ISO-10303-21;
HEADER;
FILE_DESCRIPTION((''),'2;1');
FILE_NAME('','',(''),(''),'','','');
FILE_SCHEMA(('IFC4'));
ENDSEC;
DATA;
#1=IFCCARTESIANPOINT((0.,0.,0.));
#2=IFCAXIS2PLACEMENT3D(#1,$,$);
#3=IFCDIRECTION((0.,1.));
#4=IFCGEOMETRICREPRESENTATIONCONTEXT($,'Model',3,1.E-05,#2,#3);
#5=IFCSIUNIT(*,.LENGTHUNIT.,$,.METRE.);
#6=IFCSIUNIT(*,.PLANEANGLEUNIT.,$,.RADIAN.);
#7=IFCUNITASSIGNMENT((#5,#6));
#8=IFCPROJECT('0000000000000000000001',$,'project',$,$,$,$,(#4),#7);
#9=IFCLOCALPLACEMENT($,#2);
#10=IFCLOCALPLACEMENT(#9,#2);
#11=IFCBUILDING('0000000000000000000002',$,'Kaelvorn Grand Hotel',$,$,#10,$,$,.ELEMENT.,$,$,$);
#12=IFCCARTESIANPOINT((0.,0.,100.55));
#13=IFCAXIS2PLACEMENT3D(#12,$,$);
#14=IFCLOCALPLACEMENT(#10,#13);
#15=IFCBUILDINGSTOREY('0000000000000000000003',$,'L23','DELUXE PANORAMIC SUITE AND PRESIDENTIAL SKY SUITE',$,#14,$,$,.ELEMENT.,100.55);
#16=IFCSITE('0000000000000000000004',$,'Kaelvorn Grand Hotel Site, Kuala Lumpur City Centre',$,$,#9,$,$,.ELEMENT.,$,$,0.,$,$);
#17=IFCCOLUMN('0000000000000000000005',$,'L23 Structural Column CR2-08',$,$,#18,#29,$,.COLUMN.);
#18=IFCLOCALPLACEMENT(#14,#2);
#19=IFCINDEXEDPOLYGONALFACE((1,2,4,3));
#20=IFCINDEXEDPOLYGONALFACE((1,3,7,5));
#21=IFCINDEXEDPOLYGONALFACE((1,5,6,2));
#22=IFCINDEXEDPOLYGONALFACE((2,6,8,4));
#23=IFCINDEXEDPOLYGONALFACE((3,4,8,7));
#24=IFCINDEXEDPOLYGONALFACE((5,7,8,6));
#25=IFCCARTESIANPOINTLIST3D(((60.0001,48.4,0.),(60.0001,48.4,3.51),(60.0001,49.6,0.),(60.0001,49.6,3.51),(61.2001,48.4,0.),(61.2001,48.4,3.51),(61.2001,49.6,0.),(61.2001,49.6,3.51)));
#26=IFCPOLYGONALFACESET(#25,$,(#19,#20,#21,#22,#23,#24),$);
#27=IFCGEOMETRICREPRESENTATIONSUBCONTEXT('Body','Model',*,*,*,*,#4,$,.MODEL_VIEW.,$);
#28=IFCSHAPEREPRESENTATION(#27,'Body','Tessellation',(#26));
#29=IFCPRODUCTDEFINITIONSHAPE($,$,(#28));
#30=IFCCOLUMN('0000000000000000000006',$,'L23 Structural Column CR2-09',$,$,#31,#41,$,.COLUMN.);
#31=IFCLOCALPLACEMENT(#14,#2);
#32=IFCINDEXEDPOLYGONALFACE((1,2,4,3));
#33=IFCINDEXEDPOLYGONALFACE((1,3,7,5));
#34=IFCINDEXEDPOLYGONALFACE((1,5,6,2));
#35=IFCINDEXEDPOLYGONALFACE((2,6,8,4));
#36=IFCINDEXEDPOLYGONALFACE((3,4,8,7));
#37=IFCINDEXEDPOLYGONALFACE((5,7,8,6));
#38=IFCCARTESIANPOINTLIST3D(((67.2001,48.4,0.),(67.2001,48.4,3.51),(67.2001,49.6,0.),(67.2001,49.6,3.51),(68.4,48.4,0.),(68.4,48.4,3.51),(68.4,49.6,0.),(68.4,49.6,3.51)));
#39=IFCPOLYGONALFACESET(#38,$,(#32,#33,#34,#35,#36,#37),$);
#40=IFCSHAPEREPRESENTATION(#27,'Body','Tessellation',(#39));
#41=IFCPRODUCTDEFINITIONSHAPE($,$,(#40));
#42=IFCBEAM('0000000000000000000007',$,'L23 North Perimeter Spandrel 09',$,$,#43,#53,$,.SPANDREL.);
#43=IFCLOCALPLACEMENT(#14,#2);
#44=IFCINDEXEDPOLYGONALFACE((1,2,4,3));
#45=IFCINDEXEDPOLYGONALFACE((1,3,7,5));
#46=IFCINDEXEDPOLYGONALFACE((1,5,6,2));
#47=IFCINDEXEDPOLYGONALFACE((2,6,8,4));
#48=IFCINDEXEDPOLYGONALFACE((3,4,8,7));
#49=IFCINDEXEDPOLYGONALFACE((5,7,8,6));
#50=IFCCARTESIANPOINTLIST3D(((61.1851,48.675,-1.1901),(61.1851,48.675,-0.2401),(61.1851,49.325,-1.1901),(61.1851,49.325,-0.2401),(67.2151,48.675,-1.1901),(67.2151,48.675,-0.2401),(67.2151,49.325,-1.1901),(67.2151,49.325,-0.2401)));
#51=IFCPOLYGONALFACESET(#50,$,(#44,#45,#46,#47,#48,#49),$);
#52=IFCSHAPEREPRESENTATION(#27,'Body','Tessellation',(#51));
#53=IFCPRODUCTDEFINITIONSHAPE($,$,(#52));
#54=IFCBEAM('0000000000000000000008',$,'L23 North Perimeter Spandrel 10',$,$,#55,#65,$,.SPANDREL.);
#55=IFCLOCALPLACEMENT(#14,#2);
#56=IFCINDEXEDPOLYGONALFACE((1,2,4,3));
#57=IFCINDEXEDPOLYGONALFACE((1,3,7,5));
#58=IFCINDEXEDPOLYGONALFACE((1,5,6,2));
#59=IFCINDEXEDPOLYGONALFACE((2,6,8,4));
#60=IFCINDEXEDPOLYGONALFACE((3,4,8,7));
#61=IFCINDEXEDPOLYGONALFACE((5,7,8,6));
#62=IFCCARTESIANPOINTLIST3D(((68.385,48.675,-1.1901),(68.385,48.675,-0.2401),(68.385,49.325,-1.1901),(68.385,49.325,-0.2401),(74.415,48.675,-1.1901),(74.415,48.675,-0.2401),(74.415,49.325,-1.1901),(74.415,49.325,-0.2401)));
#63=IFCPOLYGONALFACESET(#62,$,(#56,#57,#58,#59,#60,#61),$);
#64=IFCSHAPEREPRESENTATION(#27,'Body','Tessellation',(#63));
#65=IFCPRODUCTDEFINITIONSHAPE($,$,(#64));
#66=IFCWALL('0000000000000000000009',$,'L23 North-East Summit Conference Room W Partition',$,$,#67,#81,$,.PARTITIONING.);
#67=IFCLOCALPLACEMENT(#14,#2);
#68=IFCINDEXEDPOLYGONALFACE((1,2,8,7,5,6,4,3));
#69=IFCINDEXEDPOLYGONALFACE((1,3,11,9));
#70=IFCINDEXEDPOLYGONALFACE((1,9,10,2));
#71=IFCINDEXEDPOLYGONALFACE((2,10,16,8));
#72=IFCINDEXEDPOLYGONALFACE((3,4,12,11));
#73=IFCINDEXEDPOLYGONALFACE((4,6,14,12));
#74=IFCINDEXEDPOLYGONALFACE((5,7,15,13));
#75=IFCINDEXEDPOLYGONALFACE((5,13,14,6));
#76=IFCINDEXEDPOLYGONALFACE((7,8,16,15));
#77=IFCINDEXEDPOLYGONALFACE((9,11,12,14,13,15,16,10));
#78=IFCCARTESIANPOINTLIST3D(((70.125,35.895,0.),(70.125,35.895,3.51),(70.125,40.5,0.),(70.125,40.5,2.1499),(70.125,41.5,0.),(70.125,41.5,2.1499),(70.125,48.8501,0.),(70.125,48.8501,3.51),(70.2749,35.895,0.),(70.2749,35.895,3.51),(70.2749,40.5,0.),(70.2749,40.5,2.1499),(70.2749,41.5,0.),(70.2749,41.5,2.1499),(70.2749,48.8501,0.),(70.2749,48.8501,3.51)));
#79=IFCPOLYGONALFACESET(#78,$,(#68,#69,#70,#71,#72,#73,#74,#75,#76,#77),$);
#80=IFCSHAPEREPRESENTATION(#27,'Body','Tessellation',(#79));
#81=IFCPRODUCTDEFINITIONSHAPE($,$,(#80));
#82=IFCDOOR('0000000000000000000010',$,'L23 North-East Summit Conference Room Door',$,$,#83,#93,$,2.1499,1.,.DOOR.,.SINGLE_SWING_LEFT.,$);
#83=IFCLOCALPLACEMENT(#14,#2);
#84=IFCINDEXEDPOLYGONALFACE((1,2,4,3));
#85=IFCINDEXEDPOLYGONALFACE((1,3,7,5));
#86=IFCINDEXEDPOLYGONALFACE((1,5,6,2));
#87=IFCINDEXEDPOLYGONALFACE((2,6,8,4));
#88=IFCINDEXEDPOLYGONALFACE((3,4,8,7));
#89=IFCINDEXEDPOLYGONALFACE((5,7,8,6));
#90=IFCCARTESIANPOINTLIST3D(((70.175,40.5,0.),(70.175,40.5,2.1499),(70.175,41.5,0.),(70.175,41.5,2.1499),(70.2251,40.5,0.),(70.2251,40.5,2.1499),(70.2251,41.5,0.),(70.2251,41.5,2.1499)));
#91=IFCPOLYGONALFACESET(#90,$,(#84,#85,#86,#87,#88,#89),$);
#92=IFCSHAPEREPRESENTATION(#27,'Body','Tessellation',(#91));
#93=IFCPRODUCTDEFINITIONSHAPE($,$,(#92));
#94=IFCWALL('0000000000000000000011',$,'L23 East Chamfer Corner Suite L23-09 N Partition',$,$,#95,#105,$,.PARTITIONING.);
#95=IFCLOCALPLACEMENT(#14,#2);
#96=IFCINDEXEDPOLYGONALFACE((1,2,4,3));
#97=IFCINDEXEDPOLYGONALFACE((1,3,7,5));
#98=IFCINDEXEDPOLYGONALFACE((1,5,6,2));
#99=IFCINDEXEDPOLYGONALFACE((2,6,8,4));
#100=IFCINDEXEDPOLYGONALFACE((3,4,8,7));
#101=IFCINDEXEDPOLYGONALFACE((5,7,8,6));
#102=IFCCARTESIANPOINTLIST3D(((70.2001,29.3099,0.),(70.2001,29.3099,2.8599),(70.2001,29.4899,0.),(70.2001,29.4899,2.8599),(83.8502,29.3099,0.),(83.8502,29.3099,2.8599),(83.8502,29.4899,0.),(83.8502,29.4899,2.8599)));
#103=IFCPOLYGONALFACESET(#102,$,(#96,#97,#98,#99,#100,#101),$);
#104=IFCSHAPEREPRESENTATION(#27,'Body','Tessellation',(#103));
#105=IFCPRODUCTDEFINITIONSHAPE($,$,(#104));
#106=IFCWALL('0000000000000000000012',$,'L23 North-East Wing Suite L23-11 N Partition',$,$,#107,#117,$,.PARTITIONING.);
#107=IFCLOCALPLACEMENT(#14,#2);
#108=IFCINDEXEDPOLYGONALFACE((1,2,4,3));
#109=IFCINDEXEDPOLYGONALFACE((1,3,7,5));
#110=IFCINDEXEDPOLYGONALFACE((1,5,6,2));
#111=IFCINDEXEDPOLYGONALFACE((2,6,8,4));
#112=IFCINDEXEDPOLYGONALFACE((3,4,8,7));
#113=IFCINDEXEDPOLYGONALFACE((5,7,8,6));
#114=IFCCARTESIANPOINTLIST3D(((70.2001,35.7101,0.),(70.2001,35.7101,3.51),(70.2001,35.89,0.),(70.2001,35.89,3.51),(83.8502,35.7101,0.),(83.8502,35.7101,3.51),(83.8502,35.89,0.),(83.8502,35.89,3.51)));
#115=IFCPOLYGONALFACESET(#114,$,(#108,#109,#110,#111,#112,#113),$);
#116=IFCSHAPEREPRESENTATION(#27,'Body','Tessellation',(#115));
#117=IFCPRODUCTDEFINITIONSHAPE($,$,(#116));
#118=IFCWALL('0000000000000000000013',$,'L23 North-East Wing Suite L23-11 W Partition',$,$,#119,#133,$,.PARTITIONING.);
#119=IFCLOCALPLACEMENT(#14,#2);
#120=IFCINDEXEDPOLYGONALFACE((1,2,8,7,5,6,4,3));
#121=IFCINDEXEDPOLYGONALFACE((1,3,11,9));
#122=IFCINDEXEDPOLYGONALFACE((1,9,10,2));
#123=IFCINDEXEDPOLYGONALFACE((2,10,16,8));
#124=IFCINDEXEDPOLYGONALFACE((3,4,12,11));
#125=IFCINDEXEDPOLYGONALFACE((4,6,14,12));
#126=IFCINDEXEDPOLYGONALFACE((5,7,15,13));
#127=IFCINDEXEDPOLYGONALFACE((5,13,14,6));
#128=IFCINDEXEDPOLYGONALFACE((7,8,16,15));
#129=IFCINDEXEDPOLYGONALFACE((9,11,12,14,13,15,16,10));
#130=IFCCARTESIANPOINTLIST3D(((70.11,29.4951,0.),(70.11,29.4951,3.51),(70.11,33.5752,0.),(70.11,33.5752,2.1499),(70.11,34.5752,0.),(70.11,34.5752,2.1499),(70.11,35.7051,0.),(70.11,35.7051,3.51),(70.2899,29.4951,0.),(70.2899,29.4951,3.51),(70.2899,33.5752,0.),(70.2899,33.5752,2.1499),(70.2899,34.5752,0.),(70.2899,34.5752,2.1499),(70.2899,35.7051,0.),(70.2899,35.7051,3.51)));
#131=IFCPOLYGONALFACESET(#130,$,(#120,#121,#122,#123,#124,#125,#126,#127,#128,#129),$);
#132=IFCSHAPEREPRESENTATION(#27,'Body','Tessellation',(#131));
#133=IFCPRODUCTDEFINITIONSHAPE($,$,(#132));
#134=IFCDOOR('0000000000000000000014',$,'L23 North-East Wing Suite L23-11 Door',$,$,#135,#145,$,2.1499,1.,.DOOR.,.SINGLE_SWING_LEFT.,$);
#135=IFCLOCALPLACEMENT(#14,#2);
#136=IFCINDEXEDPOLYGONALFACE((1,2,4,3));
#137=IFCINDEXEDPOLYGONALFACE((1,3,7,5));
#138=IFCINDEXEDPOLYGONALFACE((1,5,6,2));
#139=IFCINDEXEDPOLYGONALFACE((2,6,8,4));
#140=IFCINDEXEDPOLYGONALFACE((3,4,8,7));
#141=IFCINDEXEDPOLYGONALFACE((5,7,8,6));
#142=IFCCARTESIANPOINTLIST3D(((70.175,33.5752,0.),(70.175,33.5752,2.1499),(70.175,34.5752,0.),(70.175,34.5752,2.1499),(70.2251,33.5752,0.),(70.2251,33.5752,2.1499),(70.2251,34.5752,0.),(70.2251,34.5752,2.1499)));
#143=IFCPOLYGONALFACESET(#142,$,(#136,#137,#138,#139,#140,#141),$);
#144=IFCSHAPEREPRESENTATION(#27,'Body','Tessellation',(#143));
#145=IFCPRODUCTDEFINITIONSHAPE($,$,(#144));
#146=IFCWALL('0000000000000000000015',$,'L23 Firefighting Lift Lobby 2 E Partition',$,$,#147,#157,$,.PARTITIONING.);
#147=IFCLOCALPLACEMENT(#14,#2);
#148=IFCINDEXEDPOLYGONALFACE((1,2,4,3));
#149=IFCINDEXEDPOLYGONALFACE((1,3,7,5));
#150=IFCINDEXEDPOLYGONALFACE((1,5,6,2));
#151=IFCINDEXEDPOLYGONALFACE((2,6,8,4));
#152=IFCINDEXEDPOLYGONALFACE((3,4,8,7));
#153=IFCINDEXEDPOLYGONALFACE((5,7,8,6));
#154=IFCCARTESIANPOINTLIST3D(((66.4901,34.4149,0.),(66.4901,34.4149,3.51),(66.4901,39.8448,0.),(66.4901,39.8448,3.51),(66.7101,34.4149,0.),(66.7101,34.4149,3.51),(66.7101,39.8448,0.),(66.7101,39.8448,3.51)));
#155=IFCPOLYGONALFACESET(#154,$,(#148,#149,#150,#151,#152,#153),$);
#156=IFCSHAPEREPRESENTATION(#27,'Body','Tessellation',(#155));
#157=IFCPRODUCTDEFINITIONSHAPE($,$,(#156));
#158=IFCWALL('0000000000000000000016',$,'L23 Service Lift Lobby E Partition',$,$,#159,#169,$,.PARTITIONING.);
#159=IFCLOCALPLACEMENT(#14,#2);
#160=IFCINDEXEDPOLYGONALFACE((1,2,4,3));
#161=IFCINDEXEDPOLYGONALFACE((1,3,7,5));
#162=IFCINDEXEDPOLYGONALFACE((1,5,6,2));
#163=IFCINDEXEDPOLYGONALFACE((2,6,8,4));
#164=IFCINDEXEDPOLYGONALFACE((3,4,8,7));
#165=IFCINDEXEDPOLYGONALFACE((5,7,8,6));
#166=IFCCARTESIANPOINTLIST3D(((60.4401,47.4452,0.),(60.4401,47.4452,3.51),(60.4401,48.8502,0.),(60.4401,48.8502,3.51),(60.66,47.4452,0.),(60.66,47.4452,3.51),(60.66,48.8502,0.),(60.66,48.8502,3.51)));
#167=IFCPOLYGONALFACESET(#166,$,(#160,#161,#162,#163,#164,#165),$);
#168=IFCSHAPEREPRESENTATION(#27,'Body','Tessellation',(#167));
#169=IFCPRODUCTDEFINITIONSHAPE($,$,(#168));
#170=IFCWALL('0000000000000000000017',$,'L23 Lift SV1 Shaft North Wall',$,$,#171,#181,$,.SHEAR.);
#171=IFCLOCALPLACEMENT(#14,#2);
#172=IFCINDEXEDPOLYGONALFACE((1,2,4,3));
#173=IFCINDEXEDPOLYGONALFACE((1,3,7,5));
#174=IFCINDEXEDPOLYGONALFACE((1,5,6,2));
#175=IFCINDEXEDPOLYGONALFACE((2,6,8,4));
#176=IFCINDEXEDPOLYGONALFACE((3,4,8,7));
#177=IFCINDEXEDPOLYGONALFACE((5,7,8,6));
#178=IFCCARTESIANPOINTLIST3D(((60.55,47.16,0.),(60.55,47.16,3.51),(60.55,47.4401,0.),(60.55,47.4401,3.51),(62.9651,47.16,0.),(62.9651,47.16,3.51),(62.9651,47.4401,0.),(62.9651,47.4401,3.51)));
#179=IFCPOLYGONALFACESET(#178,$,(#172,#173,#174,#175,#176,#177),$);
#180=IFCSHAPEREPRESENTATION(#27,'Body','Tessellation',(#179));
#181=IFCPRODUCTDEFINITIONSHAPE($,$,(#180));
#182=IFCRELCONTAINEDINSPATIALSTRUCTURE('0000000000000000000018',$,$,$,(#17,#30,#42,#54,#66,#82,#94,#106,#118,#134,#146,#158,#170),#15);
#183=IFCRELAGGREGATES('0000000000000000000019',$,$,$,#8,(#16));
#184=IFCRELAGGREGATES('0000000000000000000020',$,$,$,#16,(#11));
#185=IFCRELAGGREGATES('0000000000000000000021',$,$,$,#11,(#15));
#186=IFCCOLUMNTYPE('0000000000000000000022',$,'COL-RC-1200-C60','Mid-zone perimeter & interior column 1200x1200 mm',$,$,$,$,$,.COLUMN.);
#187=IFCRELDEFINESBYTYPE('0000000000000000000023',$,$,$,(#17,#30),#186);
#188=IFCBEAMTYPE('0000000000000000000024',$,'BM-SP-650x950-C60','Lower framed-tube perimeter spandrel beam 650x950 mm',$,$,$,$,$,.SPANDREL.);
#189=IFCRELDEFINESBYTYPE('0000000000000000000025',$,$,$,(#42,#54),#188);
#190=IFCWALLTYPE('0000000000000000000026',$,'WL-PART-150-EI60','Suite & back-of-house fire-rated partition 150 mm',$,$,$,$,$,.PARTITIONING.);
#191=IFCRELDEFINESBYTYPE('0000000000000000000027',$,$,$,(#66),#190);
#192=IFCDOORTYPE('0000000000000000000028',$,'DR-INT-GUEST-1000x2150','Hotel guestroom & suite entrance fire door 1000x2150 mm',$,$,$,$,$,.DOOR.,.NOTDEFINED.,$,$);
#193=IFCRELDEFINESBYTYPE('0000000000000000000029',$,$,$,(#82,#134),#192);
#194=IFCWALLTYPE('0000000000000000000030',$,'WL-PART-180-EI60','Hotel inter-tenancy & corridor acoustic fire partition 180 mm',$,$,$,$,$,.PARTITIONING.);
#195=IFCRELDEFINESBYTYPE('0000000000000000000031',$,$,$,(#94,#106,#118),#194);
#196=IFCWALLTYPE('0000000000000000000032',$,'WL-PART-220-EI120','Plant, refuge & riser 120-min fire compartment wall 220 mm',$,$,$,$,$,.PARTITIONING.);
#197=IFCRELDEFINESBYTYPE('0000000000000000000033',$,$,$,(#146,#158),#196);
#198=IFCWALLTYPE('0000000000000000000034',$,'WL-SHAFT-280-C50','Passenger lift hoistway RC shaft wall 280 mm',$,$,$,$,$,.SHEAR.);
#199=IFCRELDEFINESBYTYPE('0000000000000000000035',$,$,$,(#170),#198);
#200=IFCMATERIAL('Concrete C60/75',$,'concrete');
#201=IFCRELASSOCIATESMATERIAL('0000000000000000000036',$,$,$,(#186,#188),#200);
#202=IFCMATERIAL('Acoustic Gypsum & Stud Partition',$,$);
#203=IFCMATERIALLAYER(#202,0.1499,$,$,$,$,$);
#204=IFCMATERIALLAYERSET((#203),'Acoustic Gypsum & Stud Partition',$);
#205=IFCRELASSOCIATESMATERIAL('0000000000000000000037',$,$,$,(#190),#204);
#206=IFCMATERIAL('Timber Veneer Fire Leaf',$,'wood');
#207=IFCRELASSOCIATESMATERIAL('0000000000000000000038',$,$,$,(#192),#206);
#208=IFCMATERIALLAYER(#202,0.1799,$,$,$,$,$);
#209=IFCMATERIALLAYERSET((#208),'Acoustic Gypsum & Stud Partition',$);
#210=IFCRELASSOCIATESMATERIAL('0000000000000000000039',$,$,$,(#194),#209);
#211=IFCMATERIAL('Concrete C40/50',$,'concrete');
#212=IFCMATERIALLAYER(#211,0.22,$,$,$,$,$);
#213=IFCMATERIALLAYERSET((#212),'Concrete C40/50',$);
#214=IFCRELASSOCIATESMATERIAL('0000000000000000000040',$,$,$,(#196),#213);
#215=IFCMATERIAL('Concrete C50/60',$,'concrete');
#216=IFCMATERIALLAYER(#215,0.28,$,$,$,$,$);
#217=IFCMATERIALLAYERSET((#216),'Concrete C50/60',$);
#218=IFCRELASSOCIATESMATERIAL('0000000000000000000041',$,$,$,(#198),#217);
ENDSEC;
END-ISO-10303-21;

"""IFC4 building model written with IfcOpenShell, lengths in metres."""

from ifc_helpers import new_model, si_unit, direction, frame, frame_2d, origin, origin_2d, place, context, subcontext, project, spatial, rectangle, extrude, material, layer, layer_set, material_profile, profile_set, type_object, element, fill, save


model = new_model("IFC4")

# Units and contexts
model_context = context("Model", 3, precision=1e-05, world=origin(), true_north=direction((0.0, 1.0)))
body_context = subcontext(model_context, "Body", "Model", "MODEL_VIEW")
ifc_project = project(units=[si_unit("LENGTHUNIT", "METRE"), si_unit("PLANEANGLEUNIT", "RADIAN")], contexts=[model_context])

# Site, building, storey
site_placement = place(None, origin())
site = spatial("IfcSite", under=ifc_project, at=site_placement, Name="Kaelvorn Grand Hotel Site, Kuala Lumpur City Centre", CompositionType="ELEMENT", RefElevation=0.0)
building_placement = place(site_placement, origin())
building = spatial("IfcBuilding", under=site, at=building_placement, Name="Kaelvorn Grand Hotel", CompositionType="ELEMENT")
storey_placement = place(building_placement, frame((0.0, 0.0, 100.55)))
storey = spatial("IfcBuildingStorey", under=building, at=storey_placement, Name="L23", Description="DELUXE PANORAMIC SUITE AND PRESIDENTIAL SKY SUITE", CompositionType="ELEMENT", Elevation=100.55)

# Columns
ifc_material_1 = material(Name="Concrete C60/75", Category="concrete")
ifc_material_profile_1 = material_profile(ifc_material_1, rectangle(XDim=1.2, YDim=1.2, at=origin_2d()), Name="RC COL 1200x1200")
ifc_profile_set_1 = profile_set([ifc_material_profile_1], Name="Concrete C60/75")
column_type = type_object("IfcColumnType", Name="COL-RC-1200-C60", Description="Mid-zone perimeter & interior column 1200x1200 mm", PredefinedType="COLUMN", material=ifc_profile_set_1)
for number, where, z_axis, x_axis, name in (
    (1, (60.6001, 49.0, 0.0), (0.0, 0.0, 1.0), (1.0, 0.0, 0.0), "L23 Structural Column CR2-08"),
    (2, (67.8, 49.0, 0.0), (0.0, 0.0, 1.0), (1.0, 0.0, 0.0), "L23 Structural Column CR2-09"),
):
    element("IfcColumn", number, at=place(storey_placement, frame(where, z_axis=z_axis, x_axis=x_axis)), inside=storey, type_object=column_type, Name=name, PredefinedType="COLUMN", context=body_context, shape_type="SweptSolid", body=[
        extrude(rectangle(XDim=1.2, YDim=1.2, at=origin_2d()), origin(), (0.0, 0.0, 1.0), 3.51),
    ])

# Beams
ifc_material_profile_2 = material_profile(ifc_material_1, rectangle(XDim=0.6499, YDim=0.95, at=origin_2d()), Name="RC SPANDREL 650x950")
ifc_profile_set_2 = profile_set([ifc_material_profile_2], Name="Concrete C60/75")
beam_type = type_object("IfcBeamType", Name="BM-SP-650x950-C60", Description="Lower framed-tube perimeter spandrel beam 650x950 mm", PredefinedType="SPANDREL", material=ifc_profile_set_2)
for number, where, z_axis, x_axis, name in (
    (3, (61.1851, 49.0, -0.7151), (1.0, 0.0, 0.0), (0.0, 1.0, 0.0), "L23 North Perimeter Spandrel 09"),
    (4, (68.385, 49.0, -0.7151), (1.0, 0.0, 0.0), (0.0, 1.0, 0.0), "L23 North Perimeter Spandrel 10"),
):
    element("IfcBeam", number, at=place(storey_placement, frame(where, z_axis=z_axis, x_axis=x_axis)), inside=storey, type_object=beam_type, Name=name, PredefinedType="SPANDREL", context=body_context, shape_type="SweptSolid", body=[
        extrude(rectangle(XDim=0.6499, YDim=0.95, at=origin_2d()), origin(), (0.0, 0.0, 1.0), 6.03),
    ])

# Wall, opening, door
ifc_material_2 = material(Name="Acoustic Gypsum & Stud Partition")
ifc_layer_1 = layer(ifc_material_2, 0.1499)
ifc_layer_set_1 = layer_set([ifc_layer_1], Name="Acoustic Gypsum & Stud Partition")
wall_type_1 = type_object("IfcWallType", Name="WL-PART-150-EI60", Description="Suite & back-of-house fire-rated partition 150 mm", PredefinedType="PARTITIONING", material=ifc_layer_set_1)
wall_1_placement = place(storey_placement, frame((70.2, 35.895, 0.0), z_axis=(0.0, 0.0, 1.0), x_axis=(0.0, 1.0, 0.0)))
wall_1 = element("IfcWall", 5, at=wall_1_placement, inside=storey, type_object=wall_type_1, Name="L23 North-East Summit Conference Room W Partition", PredefinedType="PARTITIONING", context=body_context, shape_type="SweptSolid", body=[
    extrude(rectangle(XDim=12.9551, YDim=0.1499, at=frame_2d((6.4775, 0.0))), origin(), (0.0, 0.0, 1.0), 3.51),
])
opening_1_placement = place(wall_1_placement, frame((4.605, 0.0, 0.0)))
opening_1 = element("IfcOpeningElement", 6, at=opening_1_placement, cuts=wall_1, PredefinedType="OPENING", context=body_context, shape_type="SweptSolid", body=[
    extrude(rectangle(XDim=1.0, YDim=2.1499, at=frame_2d((0.5, 1.075))), frame((0.0, 0.085, 0.0), z_axis=(0.0, -1.0, 0.0), x_axis=(1.0, 0.0, 0.0)), (0.0, 0.0, 1.0), 0.1699),
])
ifc_material_3 = material(Name="Timber Veneer Fire Leaf", Category="wood")
door_type_1 = type_object("IfcDoorType", Name="DR-INT-GUEST-1000x2150", Description="Hotel guestroom & suite entrance fire door 1000x2150 mm", OperationType="NOTDEFINED", PredefinedType="DOOR", material=ifc_material_3)
door_1_placement = place(opening_1_placement, origin())
door_1 = element("IfcDoor", 7, at=door_1_placement, inside=storey, type_object=door_type_1, Name="L23 North-East Summit Conference Room Door", OperationType="SINGLE_SWING_LEFT", OverallHeight=2.1499, OverallWidth=1.0, PredefinedType="DOOR", context=body_context, shape_type="SweptSolid", body=[
    extrude(rectangle(XDim=1.0, YDim=2.1499, at=frame_2d((0.5, 1.075))), frame((0.0, 0.0249, 0.0), z_axis=(0.0, -1.0, 0.0), x_axis=(1.0, 0.0, 0.0)), (0.0, 0.0, 1.0), 0.05),
])
fill(opening_1, door_1)

# Walls
ifc_layer_2 = layer(ifc_material_2, 0.1799)
ifc_layer_set_2 = layer_set([ifc_layer_2], Name="Acoustic Gypsum & Stud Partition")
wall_type_2 = type_object("IfcWallType", Name="WL-PART-180-EI60", Description="Hotel inter-tenancy & corridor acoustic fire partition 180 mm", PredefinedType="PARTITIONING", material=ifc_layer_set_2)
wall_2_placement = place(storey_placement, frame((70.2, 29.3999, 0.0), z_axis=(0.0, 0.0, 1.0), x_axis=(1.0, 0.0, 0.0)))
element("IfcWall", 8, at=wall_2_placement, inside=storey, type_object=wall_type_2, Name="L23 East Chamfer Corner Suite L23-09 N Partition", PredefinedType="PARTITIONING", context=body_context, shape_type="SweptSolid", body=[
    extrude(rectangle(XDim=13.6501, YDim=0.1799, at=frame_2d((6.8252, 0.0))), origin(), (0.0, 0.0, 1.0), 2.8599),
])
wall_3_placement = place(storey_placement, frame((70.2, 35.8, 0.0), z_axis=(0.0, 0.0, 1.0), x_axis=(1.0, 0.0, 0.0)))
element("IfcWall", 9, at=wall_3_placement, inside=storey, type_object=wall_type_2, Name="L23 North-East Wing Suite L23-11 N Partition", PredefinedType="PARTITIONING", context=body_context, shape_type="SweptSolid", body=[
    extrude(rectangle(XDim=13.6501, YDim=0.1799, at=frame_2d((6.8252, 0.0))), origin(), (0.0, 0.0, 1.0), 3.51),
])

# Wall, opening, door
wall_4_placement = place(storey_placement, frame((70.2, 29.4951, 0.0), z_axis=(0.0, 0.0, 1.0), x_axis=(0.0, 1.0, 0.0)))
wall_4 = element("IfcWall", 10, at=wall_4_placement, inside=storey, type_object=wall_type_2, Name="L23 North-East Wing Suite L23-11 W Partition", PredefinedType="PARTITIONING", context=body_context, shape_type="SweptSolid", body=[
    extrude(rectangle(XDim=6.21, YDim=0.1799, at=frame_2d((3.105, 0.0))), origin(), (0.0, 0.0, 1.0), 3.51),
])
opening_2_placement = place(wall_4_placement, frame((4.0801, 0.0, 0.0)))
opening_2 = element("IfcOpeningElement", 11, at=opening_2_placement, cuts=wall_4, PredefinedType="OPENING", context=body_context, shape_type="SweptSolid", body=[
    extrude(rectangle(XDim=1.0, YDim=2.1499, at=frame_2d((0.5, 1.075))), frame((0.0, 0.1001, 0.0), z_axis=(0.0, -1.0, 0.0), x_axis=(1.0, 0.0, 0.0)), (0.0, 0.0, 1.0), 0.2),
])
door_2_placement = place(opening_2_placement, origin())
door_2 = element("IfcDoor", 12, at=door_2_placement, inside=storey, type_object=door_type_1, Name="L23 North-East Wing Suite L23-11 Door", OperationType="SINGLE_SWING_LEFT", OverallHeight=2.1499, OverallWidth=1.0, PredefinedType="DOOR", context=body_context, shape_type="SweptSolid", body=[
    extrude(rectangle(XDim=1.0, YDim=2.1499, at=frame_2d((0.5, 1.075))), frame((0.0, 0.0249, 0.0), z_axis=(0.0, -1.0, 0.0), x_axis=(1.0, 0.0, 0.0)), (0.0, 0.0, 1.0), 0.05),
])
fill(opening_2, door_2)

# Walls
ifc_material_4 = material(Name="Concrete C40/50", Category="concrete")
ifc_layer_3 = layer(ifc_material_4, 0.22)
ifc_layer_set_3 = layer_set([ifc_layer_3], Name="Concrete C40/50")
wall_type_3 = type_object("IfcWallType", Name="WL-PART-220-EI120", Description="Plant, refuge & riser 120-min fire compartment wall 220 mm", PredefinedType="PARTITIONING", material=ifc_layer_set_3)
wall_5_placement = place(storey_placement, frame((66.6001, 34.415, 0.0), z_axis=(0.0, 0.0, 1.0), x_axis=(0.0, 1.0, 0.0)))
element("IfcWall", 13, at=wall_5_placement, inside=storey, type_object=wall_type_3, Name="L23 Firefighting Lift Lobby 2 E Partition", PredefinedType="PARTITIONING", context=body_context, shape_type="SweptSolid", body=[
    extrude(rectangle(XDim=5.4299, YDim=0.22, at=frame_2d((2.7148, 0.0))), origin(), (0.0, 0.0, 1.0), 3.51),
])
wall_6_placement = place(storey_placement, frame((60.55, 47.4451, 0.0), z_axis=(0.0, 0.0, 1.0), x_axis=(0.0, 1.0, 0.0)))
element("IfcWall", 14, at=wall_6_placement, inside=storey, type_object=wall_type_3, Name="L23 Service Lift Lobby E Partition", PredefinedType="PARTITIONING", context=body_context, shape_type="SweptSolid", body=[
    extrude(rectangle(XDim=1.405, YDim=0.22, at=frame_2d((0.7026, 0.0))), origin(), (0.0, 0.0, 1.0), 3.51),
])
ifc_material_5 = material(Name="Concrete C50/60", Category="concrete")
ifc_layer_4 = layer(ifc_material_5, 0.28)
ifc_layer_set_4 = layer_set([ifc_layer_4], Name="Concrete C50/60")
wall_type_4 = type_object("IfcWallType", Name="WL-SHAFT-280-C50", Description="Passenger lift hoistway RC shaft wall 280 mm", PredefinedType="SHEAR", material=ifc_layer_set_4)
wall_7_placement = place(storey_placement, frame((60.55, 47.3, 0.0), z_axis=(0.0, 0.0, 1.0), x_axis=(1.0, 0.0, 0.0)))
element("IfcWall", 15, at=wall_7_placement, inside=storey, type_object=wall_type_4, Name="L23 Lift SV1 Shaft North Wall", PredefinedType="SHEAR", context=body_context, shape_type="SweptSolid", body=[
    extrude(rectangle(XDim=2.415, YDim=0.28, at=frame_2d((1.2075, 0.0))), origin(), (0.0, 0.0, 1.0), 3.51),
])

save(model, "model.ifc")
